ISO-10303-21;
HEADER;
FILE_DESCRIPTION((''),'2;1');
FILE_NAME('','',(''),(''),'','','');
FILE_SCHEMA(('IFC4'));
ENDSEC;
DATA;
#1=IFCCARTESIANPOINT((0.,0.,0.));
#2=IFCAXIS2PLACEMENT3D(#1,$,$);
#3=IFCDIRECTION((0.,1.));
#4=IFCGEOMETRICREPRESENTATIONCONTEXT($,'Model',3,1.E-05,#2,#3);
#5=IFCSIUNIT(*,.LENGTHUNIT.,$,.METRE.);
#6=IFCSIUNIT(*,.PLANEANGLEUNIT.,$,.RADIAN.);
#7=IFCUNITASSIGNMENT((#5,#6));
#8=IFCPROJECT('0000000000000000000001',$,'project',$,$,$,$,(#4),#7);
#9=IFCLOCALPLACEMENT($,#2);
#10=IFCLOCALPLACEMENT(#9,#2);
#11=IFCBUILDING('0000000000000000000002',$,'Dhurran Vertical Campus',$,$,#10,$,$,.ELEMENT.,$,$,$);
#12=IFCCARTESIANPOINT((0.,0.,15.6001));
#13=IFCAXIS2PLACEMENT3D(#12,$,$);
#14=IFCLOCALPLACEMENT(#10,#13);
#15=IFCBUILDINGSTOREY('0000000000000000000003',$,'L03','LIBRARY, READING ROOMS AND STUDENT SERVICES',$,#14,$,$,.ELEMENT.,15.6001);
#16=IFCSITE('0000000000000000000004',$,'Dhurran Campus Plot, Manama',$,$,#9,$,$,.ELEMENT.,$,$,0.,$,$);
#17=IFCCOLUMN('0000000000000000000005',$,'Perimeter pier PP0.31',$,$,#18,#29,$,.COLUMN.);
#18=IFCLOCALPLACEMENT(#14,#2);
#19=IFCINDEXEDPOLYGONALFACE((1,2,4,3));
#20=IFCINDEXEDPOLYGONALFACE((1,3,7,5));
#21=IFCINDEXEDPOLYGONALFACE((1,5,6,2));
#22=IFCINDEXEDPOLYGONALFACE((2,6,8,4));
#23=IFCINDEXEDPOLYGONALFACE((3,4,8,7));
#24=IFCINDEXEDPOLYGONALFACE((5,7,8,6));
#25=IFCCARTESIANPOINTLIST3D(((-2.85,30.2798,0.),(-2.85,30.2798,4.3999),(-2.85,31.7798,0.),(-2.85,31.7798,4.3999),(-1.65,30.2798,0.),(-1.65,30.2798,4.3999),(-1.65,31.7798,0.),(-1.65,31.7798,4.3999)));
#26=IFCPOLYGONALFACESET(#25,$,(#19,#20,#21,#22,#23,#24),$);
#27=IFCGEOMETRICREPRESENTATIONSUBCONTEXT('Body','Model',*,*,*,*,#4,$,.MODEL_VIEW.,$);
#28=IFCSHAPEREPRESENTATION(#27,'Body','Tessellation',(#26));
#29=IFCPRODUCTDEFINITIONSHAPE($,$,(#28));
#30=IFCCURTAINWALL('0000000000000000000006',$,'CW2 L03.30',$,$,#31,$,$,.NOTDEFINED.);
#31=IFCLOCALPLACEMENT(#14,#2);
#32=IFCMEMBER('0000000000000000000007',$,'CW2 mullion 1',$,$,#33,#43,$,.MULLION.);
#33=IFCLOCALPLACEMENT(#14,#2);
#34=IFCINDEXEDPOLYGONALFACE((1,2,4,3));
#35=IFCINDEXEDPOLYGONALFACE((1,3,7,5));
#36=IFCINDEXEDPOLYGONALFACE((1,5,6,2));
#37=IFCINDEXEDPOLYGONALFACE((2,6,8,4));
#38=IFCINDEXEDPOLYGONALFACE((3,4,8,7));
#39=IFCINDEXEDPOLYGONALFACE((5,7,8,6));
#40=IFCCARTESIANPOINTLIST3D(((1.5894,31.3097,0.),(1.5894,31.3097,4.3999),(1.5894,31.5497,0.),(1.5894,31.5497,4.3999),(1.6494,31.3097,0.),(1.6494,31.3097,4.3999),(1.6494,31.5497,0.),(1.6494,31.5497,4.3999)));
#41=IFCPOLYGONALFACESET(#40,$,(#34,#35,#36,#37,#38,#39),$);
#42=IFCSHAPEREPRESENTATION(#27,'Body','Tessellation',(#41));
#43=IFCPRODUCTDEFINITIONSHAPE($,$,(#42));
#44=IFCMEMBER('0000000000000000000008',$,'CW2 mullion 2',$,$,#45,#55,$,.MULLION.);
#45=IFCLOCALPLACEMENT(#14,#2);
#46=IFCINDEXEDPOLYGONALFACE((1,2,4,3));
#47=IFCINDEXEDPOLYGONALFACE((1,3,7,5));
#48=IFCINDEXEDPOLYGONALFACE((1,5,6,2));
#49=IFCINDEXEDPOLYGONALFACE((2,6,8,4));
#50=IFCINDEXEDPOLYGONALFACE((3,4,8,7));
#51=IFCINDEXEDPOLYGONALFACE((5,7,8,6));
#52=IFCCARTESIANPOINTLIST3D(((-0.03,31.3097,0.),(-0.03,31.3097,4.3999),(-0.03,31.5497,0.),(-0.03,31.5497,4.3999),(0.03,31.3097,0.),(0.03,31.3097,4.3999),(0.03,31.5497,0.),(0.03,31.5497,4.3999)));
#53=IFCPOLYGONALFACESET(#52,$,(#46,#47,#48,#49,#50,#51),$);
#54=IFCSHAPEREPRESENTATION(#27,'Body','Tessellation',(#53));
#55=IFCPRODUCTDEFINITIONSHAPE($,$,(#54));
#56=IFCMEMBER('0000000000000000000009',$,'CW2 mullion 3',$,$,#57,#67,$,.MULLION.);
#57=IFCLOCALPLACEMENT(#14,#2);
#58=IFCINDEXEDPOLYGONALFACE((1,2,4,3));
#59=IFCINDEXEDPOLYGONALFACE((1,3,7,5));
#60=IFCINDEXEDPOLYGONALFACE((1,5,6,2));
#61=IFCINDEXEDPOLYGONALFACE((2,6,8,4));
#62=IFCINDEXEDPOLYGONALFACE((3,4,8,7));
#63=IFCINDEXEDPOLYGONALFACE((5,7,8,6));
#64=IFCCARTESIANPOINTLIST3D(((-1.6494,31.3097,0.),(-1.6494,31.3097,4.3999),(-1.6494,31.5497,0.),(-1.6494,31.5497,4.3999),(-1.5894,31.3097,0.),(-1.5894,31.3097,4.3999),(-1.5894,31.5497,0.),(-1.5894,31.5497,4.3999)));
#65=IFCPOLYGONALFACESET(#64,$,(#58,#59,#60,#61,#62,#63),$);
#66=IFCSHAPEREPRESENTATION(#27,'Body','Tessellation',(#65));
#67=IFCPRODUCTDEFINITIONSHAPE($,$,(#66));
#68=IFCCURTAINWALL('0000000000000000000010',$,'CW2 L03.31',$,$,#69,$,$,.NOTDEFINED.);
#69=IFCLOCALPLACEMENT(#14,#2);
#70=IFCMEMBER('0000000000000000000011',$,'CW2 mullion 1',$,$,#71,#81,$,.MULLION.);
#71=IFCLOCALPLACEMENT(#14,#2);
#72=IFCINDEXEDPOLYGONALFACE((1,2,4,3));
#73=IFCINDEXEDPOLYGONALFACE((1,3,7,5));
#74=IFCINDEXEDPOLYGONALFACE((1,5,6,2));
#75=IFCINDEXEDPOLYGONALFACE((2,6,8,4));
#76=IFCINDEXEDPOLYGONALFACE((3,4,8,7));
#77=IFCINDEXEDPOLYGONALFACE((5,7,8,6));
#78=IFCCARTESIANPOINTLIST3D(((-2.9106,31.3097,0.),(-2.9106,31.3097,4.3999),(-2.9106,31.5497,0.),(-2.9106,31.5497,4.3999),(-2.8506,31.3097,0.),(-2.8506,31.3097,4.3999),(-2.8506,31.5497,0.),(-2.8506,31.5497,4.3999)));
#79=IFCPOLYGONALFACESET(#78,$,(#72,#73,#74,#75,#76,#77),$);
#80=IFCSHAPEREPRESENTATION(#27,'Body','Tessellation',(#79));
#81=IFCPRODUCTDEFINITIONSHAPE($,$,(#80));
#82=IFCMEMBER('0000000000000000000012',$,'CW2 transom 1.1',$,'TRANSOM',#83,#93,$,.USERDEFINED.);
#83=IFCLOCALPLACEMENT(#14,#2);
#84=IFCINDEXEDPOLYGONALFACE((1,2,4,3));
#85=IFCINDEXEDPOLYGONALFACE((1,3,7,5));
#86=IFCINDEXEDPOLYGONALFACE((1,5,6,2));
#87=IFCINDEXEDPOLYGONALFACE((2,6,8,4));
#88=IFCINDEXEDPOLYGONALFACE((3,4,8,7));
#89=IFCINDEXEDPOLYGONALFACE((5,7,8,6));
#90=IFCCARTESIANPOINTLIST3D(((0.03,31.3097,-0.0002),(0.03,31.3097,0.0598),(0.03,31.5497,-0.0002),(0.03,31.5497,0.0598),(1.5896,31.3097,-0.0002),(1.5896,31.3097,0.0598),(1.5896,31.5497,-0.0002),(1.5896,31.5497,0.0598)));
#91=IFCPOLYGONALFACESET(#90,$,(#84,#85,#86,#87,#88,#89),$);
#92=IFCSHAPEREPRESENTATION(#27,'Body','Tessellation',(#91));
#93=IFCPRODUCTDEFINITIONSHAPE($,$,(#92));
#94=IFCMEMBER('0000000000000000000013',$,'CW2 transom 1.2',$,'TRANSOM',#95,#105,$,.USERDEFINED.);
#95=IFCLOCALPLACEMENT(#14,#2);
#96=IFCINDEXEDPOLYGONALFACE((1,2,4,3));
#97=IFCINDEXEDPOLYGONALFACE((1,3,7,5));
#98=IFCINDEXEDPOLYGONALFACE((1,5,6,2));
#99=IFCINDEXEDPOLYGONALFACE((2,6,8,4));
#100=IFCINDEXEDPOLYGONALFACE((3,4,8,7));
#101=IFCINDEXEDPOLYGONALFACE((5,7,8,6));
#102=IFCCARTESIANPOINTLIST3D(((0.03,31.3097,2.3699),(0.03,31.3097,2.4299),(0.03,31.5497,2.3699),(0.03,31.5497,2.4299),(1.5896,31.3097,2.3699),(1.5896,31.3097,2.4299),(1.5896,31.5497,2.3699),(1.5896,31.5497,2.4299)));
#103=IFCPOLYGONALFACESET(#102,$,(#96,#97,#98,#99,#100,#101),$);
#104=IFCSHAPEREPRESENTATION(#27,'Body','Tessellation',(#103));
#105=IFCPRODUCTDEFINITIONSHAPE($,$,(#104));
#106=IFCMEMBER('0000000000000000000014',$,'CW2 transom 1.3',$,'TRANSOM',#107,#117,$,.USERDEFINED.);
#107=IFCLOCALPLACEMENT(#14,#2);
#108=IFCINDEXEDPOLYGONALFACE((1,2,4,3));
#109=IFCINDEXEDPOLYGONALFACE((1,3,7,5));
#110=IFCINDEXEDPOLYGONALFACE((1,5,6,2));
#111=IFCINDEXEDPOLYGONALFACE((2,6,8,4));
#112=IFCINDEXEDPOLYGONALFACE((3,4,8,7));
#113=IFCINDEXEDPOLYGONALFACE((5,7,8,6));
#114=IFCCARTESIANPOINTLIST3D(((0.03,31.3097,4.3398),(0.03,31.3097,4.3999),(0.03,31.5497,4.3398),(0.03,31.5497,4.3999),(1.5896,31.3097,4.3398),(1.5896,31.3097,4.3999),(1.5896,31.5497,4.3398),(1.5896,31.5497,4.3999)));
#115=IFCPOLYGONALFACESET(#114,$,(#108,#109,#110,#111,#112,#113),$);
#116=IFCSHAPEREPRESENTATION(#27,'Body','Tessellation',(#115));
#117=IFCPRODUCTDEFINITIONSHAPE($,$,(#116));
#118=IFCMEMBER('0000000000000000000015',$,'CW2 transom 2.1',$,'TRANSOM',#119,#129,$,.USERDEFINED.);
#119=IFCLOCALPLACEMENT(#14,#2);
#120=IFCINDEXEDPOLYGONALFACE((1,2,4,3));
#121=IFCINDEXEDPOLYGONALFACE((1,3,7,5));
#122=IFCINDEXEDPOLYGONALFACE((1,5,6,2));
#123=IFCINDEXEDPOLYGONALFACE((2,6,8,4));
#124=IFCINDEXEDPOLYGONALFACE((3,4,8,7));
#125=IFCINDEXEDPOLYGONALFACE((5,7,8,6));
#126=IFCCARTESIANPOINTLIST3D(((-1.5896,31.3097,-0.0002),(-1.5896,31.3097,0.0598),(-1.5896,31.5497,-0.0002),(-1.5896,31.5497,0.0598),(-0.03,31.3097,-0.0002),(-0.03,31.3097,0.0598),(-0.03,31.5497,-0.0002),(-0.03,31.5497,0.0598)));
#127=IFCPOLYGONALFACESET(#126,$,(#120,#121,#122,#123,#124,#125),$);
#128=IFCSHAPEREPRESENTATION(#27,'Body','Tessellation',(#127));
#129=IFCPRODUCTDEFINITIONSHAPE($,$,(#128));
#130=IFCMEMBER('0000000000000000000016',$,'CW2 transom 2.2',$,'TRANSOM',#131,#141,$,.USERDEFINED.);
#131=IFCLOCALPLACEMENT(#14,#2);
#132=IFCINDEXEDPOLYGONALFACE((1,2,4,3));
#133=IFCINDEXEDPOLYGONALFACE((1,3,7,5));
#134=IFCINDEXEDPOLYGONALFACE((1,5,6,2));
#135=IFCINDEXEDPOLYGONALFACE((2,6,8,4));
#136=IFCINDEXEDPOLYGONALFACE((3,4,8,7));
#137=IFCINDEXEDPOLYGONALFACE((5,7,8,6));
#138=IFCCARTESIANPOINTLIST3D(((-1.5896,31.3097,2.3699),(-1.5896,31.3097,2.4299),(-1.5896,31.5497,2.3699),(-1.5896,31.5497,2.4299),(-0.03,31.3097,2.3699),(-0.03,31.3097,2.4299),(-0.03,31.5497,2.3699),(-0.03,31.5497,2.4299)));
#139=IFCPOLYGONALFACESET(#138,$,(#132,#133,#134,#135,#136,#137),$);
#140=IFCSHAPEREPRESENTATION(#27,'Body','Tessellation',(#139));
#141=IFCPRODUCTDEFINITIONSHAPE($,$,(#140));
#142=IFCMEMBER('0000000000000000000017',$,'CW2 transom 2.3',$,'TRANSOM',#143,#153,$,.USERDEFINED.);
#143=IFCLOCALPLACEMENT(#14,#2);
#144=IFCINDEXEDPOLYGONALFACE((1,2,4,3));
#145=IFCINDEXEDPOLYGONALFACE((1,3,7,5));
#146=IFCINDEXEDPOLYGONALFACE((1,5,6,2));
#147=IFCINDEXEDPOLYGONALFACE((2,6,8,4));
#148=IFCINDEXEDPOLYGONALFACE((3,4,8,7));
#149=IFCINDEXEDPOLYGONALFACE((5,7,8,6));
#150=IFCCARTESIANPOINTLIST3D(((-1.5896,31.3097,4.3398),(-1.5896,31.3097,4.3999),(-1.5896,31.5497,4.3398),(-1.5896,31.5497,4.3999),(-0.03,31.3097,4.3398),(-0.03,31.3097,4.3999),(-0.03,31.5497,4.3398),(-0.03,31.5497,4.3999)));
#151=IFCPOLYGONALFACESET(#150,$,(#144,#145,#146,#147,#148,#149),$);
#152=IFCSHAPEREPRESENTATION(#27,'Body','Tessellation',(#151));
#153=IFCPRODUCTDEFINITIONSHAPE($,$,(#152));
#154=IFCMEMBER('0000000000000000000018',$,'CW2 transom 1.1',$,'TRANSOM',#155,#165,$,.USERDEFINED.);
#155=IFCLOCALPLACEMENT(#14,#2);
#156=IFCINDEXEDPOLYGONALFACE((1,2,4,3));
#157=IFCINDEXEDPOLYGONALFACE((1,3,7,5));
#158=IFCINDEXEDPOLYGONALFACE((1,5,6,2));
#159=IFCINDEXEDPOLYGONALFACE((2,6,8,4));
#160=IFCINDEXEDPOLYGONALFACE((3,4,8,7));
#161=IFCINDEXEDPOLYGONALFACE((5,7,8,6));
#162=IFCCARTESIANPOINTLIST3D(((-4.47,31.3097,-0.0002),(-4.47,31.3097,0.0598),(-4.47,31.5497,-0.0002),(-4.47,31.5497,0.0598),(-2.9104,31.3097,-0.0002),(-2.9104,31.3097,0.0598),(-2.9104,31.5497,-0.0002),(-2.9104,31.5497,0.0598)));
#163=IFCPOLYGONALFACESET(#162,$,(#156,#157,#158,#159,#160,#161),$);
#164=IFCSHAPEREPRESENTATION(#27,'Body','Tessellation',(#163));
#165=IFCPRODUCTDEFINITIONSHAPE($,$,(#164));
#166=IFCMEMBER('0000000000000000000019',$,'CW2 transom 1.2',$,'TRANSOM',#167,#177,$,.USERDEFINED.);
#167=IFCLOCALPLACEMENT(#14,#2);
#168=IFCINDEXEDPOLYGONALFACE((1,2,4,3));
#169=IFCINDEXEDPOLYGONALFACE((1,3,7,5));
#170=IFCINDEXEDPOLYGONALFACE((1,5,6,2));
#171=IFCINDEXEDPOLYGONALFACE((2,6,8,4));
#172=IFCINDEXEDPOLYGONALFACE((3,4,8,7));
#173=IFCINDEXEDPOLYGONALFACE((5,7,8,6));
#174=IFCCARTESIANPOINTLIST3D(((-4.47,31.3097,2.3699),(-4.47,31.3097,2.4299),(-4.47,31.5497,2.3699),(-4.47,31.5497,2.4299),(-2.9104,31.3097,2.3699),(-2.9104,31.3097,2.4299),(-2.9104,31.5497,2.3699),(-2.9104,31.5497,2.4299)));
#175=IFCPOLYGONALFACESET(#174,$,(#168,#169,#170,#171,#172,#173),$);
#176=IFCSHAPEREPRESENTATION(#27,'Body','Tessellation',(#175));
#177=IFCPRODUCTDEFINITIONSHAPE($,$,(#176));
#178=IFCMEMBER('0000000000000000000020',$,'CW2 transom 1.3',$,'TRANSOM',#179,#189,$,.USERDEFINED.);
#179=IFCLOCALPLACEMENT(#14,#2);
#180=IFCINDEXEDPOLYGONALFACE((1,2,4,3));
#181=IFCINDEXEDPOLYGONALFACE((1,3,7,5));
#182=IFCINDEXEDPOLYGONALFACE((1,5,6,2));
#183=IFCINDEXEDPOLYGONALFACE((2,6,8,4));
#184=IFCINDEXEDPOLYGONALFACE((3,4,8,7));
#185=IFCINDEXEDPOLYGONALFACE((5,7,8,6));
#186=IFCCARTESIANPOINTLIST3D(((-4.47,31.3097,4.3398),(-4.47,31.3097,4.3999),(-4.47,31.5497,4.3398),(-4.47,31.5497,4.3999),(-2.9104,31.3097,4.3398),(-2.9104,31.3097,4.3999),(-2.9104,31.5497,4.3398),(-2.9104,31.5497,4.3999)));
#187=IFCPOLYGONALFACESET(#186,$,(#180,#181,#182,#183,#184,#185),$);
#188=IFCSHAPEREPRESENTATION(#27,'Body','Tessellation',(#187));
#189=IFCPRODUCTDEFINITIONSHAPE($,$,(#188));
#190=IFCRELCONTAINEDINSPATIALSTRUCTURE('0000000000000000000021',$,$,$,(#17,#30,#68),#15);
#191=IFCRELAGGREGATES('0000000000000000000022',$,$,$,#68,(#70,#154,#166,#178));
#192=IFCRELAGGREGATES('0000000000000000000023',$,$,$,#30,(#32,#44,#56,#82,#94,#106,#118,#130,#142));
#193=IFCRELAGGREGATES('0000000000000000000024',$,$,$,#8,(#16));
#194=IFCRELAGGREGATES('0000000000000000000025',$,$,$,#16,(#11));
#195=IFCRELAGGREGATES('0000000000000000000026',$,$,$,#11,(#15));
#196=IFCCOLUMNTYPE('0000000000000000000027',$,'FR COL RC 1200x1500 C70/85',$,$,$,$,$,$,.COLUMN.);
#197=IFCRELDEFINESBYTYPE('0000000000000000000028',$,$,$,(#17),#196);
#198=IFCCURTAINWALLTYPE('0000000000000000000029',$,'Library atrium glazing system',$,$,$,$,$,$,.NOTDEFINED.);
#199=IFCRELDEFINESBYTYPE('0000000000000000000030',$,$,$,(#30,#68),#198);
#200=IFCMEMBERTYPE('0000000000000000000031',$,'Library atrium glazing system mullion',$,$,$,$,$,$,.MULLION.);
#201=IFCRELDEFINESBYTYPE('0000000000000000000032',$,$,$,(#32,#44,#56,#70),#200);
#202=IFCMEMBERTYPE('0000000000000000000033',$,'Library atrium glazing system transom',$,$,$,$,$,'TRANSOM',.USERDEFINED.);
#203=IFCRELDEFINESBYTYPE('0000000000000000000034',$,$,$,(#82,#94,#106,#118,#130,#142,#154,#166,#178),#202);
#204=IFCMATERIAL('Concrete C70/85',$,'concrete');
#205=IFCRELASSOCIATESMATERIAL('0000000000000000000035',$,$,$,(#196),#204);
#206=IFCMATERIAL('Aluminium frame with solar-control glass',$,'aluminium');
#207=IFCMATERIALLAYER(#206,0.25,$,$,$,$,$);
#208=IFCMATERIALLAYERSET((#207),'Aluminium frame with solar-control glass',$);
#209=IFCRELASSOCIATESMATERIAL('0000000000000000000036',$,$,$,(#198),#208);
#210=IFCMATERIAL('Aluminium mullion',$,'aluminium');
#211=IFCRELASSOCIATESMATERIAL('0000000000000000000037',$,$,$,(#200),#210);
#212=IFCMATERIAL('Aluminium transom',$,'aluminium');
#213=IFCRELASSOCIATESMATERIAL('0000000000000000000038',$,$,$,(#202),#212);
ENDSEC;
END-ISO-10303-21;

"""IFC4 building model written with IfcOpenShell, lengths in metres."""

from ifc_helpers import new_model, si_unit, direction, frame, origin, origin_2d, place, context, subcontext, project, spatial, rectangle, extrude, material, layer, layer_set, material_profile, profile_set, type_object, element, aggregate, save


model = new_model("IFC4")

# Units and contexts
model_context = context("Model", 3, precision=1e-05, world=origin(), true_north=direction((0.0, 1.0)))
body_context = subcontext(model_context, "Body", "Model", "MODEL_VIEW")
ifc_project = project(units=[si_unit("LENGTHUNIT", "METRE"), si_unit("PLANEANGLEUNIT", "RADIAN")], contexts=[model_context])

# Site, building, storey
site_placement = place(None, origin())
site = spatial("IfcSite", under=ifc_project, at=site_placement, Name="Dhurran Campus Plot, Manama", CompositionType="ELEMENT", RefElevation=0.0)
building_placement = place(site_placement, origin())
building = spatial("IfcBuilding", under=site, at=building_placement, Name="Dhurran Vertical Campus", CompositionType="ELEMENT")
storey_placement = place(building_placement, frame((0.0, 0.0, 15.6001)))
storey = spatial("IfcBuildingStorey", under=building, at=storey_placement, Name="L03", Description="LIBRARY, READING ROOMS AND STUDENT SERVICES", CompositionType="ELEMENT", Elevation=15.6001)

# Column
ifc_material_1 = material(Name="Concrete C70/85", Category="concrete")
ifc_material_profile_1 = material_profile(ifc_material_1, rectangle(XDim=1.2, YDim=1.5, at=origin_2d()), Name="RC 1200x1500")
ifc_profile_set_1 = profile_set([ifc_material_profile_1], Name="Concrete C70/85")
column_type = type_object("IfcColumnType", Name="FR COL RC 1200x1500 C70/85", PredefinedType="COLUMN", material=ifc_profile_set_1)
column_placement = place(storey_placement, frame((-2.25, 31.0298, 0.0), z_axis=(0.0, 0.0, 1.0), x_axis=(-1.0, 0.0, 0.0)))
element("IfcColumn", 1, at=column_placement, inside=storey, type_object=column_type, Name="Perimeter pier PP0.31", PredefinedType="COLUMN", context=body_context, shape_type="SweptSolid", body=[
    extrude(rectangle(XDim=1.2, YDim=1.5, at=origin_2d()), origin(), (0.0, 0.0, 1.0), 4.3999),
])

# Curtain wall, members
ifc_material_2 = material(Name="Aluminium frame with solar-control glass", Category="aluminium")
ifc_layer_1 = layer(ifc_material_2, 0.25)
ifc_layer_set_1 = layer_set([ifc_layer_1], Name="Aluminium frame with solar-control glass")
curtain_wall_type = type_object("IfcCurtainWallType", Name="Library atrium glazing system", PredefinedType="NOTDEFINED", material=ifc_layer_set_1)
curtain_wall_1_placement = place(storey_placement, origin())
curtain_wall_1 = element("IfcCurtainWall", 2, at=curtain_wall_1_placement, inside=storey, type_object=curtain_wall_type, Name="CW2 L03.30", PredefinedType="NOTDEFINED")
ifc_material_3 = material(Name="Aluminium mullion", Category="aluminium")
ifc_material_profile_2 = material_profile(ifc_material_3, rectangle(XDim=0.24, YDim=0.0601, at=origin_2d()), Name="Library atrium glazing system mullion")
ifc_profile_set_2 = profile_set([ifc_material_profile_2], Name="Aluminium mullion")
member_type_1 = type_object("IfcMemberType", Name="Library atrium glazing system mullion", PredefinedType="MULLION", material=ifc_profile_set_2)
member_1_placement = place(storey_placement, frame((1.6194, 31.4297, 0.0), z_axis=(0.0, 0.0, 1.0), x_axis=(0.0, -1.0, 0.0)))
member_1 = element("IfcMember", 3, at=member_1_placement, type_object=member_type_1, Name="CW2 mullion 1", PredefinedType="MULLION", context=body_context, shape_type="SweptSolid", body=[
    extrude(rectangle(XDim=0.24, YDim=0.0601, at=origin_2d()), origin(), (0.0, 0.0, 1.0), 4.3999),
])
member_2_placement = place(storey_placement, frame((0.0, 31.4297, 0.0), z_axis=(0.0, 0.0, 1.0), x_axis=(0.0, -1.0, 0.0)))
member_2 = element("IfcMember", 4, at=member_2_placement, type_object=member_type_1, Name="CW2 mullion 2", PredefinedType="MULLION", context=body_context, shape_type="SweptSolid", body=[
    extrude(rectangle(XDim=0.24, YDim=0.0601, at=origin_2d()), origin(), (0.0, 0.0, 1.0), 4.3999),
])
member_3_placement = place(storey_placement, frame((-1.6194, 31.4297, 0.0), z_axis=(0.0, 0.0, 1.0), x_axis=(0.0, -1.0, 0.0)))
member_3 = element("IfcMember", 5, at=member_3_placement, type_object=member_type_1, Name="CW2 mullion 3", PredefinedType="MULLION", context=body_context, shape_type="SweptSolid", body=[
    extrude(rectangle(XDim=0.24, YDim=0.0601, at=origin_2d()), origin(), (0.0, 0.0, 1.0), 4.3999),
])

# Curtain wall, member
curtain_wall_2_placement = place(storey_placement, origin())
curtain_wall_2 = element("IfcCurtainWall", 6, at=curtain_wall_2_placement, inside=storey, type_object=curtain_wall_type, Name="CW2 L03.31", PredefinedType="NOTDEFINED")
member_4_placement = place(storey_placement, frame((-2.8806, 31.4297, 0.0), z_axis=(0.0, 0.0, 1.0), x_axis=(0.0, -1.0, 0.0)))
member_4 = element("IfcMember", 7, at=member_4_placement, type_object=member_type_1, Name="CW2 mullion 1", PredefinedType="MULLION", context=body_context, shape_type="SweptSolid", body=[
    extrude(rectangle(XDim=0.24, YDim=0.0601, at=origin_2d()), origin(), (0.0, 0.0, 1.0), 4.3999),
])

# Members
ifc_material_4 = material(Name="Aluminium transom", Category="aluminium")
ifc_material_profile_3 = material_profile(ifc_material_4, rectangle(XDim=0.24, YDim=0.0601, at=origin_2d()), Name="Library atrium glazing system transom")
ifc_profile_set_3 = profile_set([ifc_material_profile_3], Name="Aluminium transom")
member_type_2 = type_object("IfcMemberType", Name="Library atrium glazing system transom", ElementType="TRANSOM", PredefinedType="USERDEFINED", material=ifc_profile_set_3)
member_5_placement = place(storey_placement, frame((1.5896, 31.4297, 0.0298), z_axis=(-1.0, 0.0, 0.0), x_axis=(0.0, -1.0, 0.0)))
member_5 = element("IfcMember", 8, at=member_5_placement, type_object=member_type_2, Name="CW2 transom 1.1", ObjectType="TRANSOM", PredefinedType="USERDEFINED", context=body_context, shape_type="SweptSolid", body=[
    extrude(rectangle(XDim=0.24, YDim=0.0601, at=origin_2d()), origin(), (0.0, 0.0, 1.0), 1.5596),
])
member_6_placement = place(storey_placement, frame((1.5896, 31.4297, 2.3999), z_axis=(-1.0, 0.0, 0.0), x_axis=(0.0, -1.0, 0.0)))
member_6 = element("IfcMember", 9, at=member_6_placement, type_object=member_type_2, Name="CW2 transom 1.2", ObjectType="TRANSOM", PredefinedType="USERDEFINED", context=body_context, shape_type="SweptSolid", body=[
    extrude(rectangle(XDim=0.24, YDim=0.0601, at=origin_2d()), origin(), (0.0, 0.0, 1.0), 1.5596),
])
member_7_placement = place(storey_placement, frame((1.5896, 31.4297, 4.3699), z_axis=(-1.0, 0.0, 0.0), x_axis=(0.0, -1.0, 0.0)))
member_7 = element("IfcMember", 10, at=member_7_placement, type_object=member_type_2, Name="CW2 transom 1.3", ObjectType="TRANSOM", PredefinedType="USERDEFINED", context=body_context, shape_type="SweptSolid", body=[
    extrude(rectangle(XDim=0.24, YDim=0.0601, at=origin_2d()), origin(), (0.0, 0.0, 1.0), 1.5596),
])
member_8_placement = place(storey_placement, frame((-0.03, 31.4297, 0.0298), z_axis=(-1.0, 0.0, 0.0), x_axis=(0.0, -1.0, 0.0)))
member_8 = element("IfcMember", 11, at=member_8_placement, type_object=member_type_2, Name="CW2 transom 2.1", ObjectType="TRANSOM", PredefinedType="USERDEFINED", context=body_context, shape_type="SweptSolid", body=[
    extrude(rectangle(XDim=0.24, YDim=0.0601, at=origin_2d()), origin(), (0.0, 0.0, 1.0), 1.5596),
])
member_9_placement = place(storey_placement, frame((-0.03, 31.4297, 2.3999), z_axis=(-1.0, 0.0, 0.0), x_axis=(0.0, -1.0, 0.0)))
member_9 = element("IfcMember", 12, at=member_9_placement, type_object=member_type_2, Name="CW2 transom 2.2", ObjectType="TRANSOM", PredefinedType="USERDEFINED", context=body_context, shape_type="SweptSolid", body=[
    extrude(rectangle(XDim=0.24, YDim=0.0601, at=origin_2d()), origin(), (0.0, 0.0, 1.0), 1.5596),
])
member_10_placement = place(storey_placement, frame((-0.03, 31.4297, 4.3699), z_axis=(-1.0, 0.0, 0.0), x_axis=(0.0, -1.0, 0.0)))
member_10 = element("IfcMember", 13, at=member_10_placement, type_object=member_type_2, Name="CW2 transom 2.3", ObjectType="TRANSOM", PredefinedType="USERDEFINED", context=body_context, shape_type="SweptSolid", body=[
    extrude(rectangle(XDim=0.24, YDim=0.0601, at=origin_2d()), origin(), (0.0, 0.0, 1.0), 1.5596),
])
member_11_placement = place(storey_placement, frame((-2.9104, 31.4297, 0.0298), z_axis=(-1.0, 0.0, 0.0), x_axis=(0.0, -1.0, 0.0)))
member_11 = element("IfcMember", 14, at=member_11_placement, type_object=member_type_2, Name="CW2 transom 1.1", ObjectType="TRANSOM", PredefinedType="USERDEFINED", context=body_context, shape_type="SweptSolid", body=[
    extrude(rectangle(XDim=0.24, YDim=0.0601, at=origin_2d()), origin(), (0.0, 0.0, 1.0), 1.5596),
])
member_12_placement = place(storey_placement, frame((-2.9104, 31.4297, 2.3999), z_axis=(-1.0, 0.0, 0.0), x_axis=(0.0, -1.0, 0.0)))
member_12 = element("IfcMember", 15, at=member_12_placement, type_object=member_type_2, Name="CW2 transom 1.2", ObjectType="TRANSOM", PredefinedType="USERDEFINED", context=body_context, shape_type="SweptSolid", body=[
    extrude(rectangle(XDim=0.24, YDim=0.0601, at=origin_2d()), origin(), (0.0, 0.0, 1.0), 1.5596),
])
member_13_placement = place(storey_placement, frame((-2.9104, 31.4297, 4.3699), z_axis=(-1.0, 0.0, 0.0), x_axis=(0.0, -1.0, 0.0)))
member_13 = element("IfcMember", 16, at=member_13_placement, type_object=member_type_2, Name="CW2 transom 1.3", ObjectType="TRANSOM", PredefinedType="USERDEFINED", context=body_context, shape_type="SweptSolid", body=[
    extrude(rectangle(XDim=0.24, YDim=0.0601, at=origin_2d()), origin(), (0.0, 0.0, 1.0), 1.5596),
])
aggregate(curtain_wall_2, [member_4, member_11, member_12, member_13])

aggregate(curtain_wall_1, [member_1, member_2, member_3, member_5, member_6, member_7, member_8, member_9, member_10])

save(model, "model.ifc")
